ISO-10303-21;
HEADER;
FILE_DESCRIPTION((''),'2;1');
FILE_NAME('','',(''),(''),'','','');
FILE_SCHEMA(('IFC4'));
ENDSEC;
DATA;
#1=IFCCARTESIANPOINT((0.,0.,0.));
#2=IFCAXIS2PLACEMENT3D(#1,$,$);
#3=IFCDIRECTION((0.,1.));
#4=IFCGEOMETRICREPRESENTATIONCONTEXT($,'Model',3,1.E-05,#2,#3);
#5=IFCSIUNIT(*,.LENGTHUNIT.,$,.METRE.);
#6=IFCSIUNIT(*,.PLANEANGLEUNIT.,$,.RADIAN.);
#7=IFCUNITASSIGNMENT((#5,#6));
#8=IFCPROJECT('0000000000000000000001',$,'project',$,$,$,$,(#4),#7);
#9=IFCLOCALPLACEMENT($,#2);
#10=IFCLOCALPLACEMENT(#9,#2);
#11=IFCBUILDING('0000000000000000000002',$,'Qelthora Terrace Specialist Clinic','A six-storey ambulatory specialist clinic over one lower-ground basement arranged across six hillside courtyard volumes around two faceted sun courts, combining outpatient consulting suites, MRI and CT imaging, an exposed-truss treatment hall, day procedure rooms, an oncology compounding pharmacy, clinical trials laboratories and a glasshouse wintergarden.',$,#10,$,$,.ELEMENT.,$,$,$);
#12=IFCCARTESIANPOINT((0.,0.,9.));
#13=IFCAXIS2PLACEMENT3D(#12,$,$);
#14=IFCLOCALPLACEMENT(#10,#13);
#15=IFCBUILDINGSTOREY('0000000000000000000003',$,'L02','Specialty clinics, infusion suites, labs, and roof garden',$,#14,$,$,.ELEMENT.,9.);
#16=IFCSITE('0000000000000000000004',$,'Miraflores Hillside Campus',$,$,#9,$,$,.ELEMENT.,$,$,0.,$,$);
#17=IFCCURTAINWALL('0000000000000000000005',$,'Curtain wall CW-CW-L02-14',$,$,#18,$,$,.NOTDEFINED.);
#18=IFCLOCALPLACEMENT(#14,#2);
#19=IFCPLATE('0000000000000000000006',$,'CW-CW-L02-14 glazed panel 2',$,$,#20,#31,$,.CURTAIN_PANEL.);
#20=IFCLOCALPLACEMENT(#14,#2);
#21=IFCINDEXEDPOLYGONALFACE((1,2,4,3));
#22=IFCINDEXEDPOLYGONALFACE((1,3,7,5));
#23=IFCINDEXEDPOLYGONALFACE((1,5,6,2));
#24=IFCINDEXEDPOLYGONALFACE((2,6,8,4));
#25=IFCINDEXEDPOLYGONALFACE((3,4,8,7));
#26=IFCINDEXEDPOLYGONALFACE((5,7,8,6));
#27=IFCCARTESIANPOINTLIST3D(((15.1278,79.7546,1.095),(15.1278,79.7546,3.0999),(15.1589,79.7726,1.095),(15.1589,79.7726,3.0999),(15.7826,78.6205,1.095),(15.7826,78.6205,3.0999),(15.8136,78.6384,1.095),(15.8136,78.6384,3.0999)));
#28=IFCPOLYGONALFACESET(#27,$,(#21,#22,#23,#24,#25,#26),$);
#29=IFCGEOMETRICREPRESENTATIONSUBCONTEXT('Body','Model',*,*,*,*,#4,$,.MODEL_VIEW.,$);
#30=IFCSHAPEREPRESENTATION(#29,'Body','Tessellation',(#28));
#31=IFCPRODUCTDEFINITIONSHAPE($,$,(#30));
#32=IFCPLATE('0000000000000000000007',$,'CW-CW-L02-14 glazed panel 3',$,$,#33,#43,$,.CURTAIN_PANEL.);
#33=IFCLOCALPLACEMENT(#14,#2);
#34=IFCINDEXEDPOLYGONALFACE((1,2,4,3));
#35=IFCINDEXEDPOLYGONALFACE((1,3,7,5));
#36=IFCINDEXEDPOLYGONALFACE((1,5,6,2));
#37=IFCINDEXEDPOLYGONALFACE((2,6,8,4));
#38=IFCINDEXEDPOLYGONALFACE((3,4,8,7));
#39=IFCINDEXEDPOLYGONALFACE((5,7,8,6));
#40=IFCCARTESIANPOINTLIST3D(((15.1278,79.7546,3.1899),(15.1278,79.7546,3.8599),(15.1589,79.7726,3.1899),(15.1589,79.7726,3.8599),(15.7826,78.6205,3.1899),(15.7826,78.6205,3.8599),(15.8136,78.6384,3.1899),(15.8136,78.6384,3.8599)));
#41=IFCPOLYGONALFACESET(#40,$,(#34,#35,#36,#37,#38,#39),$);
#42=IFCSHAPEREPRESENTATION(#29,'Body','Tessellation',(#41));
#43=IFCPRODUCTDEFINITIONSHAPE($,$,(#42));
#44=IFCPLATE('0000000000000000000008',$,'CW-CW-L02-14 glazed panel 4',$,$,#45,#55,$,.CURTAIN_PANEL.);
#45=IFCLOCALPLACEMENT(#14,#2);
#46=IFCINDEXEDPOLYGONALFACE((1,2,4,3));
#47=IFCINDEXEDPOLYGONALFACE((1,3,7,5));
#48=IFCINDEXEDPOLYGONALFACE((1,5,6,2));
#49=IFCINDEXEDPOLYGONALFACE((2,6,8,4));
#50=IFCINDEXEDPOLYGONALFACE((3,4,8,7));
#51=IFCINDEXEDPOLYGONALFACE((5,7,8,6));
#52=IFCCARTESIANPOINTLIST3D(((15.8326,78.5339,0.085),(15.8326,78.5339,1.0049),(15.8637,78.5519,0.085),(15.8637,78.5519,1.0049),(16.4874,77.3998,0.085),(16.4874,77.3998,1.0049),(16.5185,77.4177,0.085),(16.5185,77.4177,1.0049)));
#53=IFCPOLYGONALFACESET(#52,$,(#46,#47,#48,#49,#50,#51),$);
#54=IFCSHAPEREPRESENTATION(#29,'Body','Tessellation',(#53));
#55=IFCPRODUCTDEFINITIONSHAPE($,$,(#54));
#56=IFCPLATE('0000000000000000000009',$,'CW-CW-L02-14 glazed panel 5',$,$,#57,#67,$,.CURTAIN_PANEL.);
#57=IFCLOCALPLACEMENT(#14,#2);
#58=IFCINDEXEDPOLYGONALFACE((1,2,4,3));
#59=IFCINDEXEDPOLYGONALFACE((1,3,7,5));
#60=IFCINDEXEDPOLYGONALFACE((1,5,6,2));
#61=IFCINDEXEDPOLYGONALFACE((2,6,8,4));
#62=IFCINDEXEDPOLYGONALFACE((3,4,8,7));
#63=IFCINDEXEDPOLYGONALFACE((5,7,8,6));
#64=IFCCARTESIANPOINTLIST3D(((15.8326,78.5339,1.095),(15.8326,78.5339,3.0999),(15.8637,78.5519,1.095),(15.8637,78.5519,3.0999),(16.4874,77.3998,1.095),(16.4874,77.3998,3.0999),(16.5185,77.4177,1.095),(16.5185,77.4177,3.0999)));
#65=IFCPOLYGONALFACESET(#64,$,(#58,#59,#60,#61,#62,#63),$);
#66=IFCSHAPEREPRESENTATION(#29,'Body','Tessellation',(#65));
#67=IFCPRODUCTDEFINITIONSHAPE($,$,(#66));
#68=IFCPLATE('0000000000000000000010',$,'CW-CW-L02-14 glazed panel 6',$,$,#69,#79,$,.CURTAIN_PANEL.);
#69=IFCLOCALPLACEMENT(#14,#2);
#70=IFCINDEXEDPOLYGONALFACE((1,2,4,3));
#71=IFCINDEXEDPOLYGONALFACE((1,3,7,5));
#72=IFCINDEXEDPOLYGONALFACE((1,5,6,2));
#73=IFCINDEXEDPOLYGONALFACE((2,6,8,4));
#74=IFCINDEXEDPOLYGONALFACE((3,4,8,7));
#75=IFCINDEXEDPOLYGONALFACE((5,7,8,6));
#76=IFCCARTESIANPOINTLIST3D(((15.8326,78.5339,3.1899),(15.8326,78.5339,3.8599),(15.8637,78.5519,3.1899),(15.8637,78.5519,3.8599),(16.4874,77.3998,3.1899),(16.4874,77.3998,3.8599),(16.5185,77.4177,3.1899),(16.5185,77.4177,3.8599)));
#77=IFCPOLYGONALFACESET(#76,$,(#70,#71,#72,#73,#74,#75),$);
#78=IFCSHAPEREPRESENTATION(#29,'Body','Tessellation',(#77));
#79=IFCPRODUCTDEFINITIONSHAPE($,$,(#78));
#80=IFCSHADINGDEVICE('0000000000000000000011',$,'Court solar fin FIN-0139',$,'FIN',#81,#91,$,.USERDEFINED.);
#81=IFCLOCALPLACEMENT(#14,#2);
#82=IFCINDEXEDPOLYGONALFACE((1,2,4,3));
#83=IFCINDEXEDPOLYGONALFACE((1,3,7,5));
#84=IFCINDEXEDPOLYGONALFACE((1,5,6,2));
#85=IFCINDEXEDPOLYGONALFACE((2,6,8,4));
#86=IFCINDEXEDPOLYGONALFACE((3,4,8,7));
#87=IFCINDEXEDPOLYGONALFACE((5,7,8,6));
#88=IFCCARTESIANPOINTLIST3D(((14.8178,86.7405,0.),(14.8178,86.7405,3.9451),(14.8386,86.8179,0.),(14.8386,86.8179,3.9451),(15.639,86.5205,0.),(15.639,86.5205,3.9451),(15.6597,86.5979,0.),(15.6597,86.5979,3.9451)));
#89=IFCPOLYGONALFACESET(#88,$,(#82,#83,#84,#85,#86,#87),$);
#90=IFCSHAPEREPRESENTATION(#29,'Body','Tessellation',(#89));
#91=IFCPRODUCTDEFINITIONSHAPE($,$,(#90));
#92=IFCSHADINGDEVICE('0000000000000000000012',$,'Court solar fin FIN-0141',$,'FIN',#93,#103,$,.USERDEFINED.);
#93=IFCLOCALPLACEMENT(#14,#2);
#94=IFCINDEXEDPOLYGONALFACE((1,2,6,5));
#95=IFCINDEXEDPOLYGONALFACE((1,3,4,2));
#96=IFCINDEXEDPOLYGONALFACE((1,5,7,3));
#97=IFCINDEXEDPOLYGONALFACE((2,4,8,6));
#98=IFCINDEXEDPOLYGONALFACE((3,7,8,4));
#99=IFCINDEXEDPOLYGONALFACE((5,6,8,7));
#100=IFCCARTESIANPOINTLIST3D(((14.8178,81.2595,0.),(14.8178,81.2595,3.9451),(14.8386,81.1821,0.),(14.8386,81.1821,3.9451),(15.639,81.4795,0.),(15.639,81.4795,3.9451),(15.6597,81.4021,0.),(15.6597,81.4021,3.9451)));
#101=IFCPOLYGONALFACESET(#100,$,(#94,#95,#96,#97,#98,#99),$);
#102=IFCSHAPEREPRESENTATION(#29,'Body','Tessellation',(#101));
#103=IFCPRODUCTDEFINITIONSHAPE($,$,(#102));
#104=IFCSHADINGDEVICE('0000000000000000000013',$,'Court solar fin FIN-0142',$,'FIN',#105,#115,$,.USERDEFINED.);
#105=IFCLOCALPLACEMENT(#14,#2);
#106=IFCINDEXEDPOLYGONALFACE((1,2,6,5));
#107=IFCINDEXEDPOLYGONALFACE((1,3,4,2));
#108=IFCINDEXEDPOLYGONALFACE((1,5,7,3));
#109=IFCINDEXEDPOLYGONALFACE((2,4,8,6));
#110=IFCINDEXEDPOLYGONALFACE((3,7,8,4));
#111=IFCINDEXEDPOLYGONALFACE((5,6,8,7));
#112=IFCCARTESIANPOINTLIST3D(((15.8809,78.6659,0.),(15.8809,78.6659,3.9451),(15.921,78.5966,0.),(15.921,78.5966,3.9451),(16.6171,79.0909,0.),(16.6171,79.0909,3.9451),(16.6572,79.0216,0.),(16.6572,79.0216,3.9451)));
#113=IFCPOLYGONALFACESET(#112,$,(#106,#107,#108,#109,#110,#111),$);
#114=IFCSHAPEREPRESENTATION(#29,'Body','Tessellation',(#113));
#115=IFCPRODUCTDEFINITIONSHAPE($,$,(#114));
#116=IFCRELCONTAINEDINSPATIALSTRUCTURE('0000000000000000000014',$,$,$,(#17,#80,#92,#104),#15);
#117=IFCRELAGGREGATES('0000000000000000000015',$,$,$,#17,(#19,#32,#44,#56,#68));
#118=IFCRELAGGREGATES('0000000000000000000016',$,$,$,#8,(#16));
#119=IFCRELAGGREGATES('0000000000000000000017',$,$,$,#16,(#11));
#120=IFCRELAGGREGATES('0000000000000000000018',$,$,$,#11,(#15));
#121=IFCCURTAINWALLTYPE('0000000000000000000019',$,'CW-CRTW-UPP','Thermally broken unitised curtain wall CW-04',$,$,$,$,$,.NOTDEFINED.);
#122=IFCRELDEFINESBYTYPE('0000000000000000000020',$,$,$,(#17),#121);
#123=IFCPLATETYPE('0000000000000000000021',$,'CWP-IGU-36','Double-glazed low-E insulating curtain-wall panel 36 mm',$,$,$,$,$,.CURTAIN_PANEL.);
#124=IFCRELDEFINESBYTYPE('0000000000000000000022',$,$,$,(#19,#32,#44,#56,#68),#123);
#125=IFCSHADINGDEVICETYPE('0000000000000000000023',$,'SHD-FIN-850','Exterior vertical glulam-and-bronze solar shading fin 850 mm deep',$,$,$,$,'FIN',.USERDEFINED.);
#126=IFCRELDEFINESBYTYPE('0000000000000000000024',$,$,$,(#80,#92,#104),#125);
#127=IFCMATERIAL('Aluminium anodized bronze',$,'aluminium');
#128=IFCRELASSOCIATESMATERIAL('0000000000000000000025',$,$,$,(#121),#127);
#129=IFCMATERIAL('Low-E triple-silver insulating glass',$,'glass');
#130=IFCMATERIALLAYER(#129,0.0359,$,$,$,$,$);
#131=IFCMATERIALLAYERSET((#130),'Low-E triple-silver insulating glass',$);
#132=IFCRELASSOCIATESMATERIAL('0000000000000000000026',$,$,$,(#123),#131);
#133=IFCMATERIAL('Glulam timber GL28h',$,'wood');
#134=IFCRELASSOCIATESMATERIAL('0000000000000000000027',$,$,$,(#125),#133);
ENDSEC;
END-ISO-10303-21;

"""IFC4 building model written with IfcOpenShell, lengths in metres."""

from ifc_helpers import new_model, si_unit, direction, frame, origin, origin_2d, place, context, subcontext, project, spatial, rectangle, extrude, material, layer, layer_set, type_object, element, aggregate, save


model = new_model("IFC4")

# Units and contexts
model_context = context("Model", 3, precision=1e-05, world=origin(), true_north=direction((0.0, 1.0)))
body_context = subcontext(model_context, "Body", "Model", "MODEL_VIEW")
ifc_project = project(units=[si_unit("LENGTHUNIT", "METRE"), si_unit("PLANEANGLEUNIT", "RADIAN")], contexts=[model_context])

# Site, building, storey
site_placement = place(None, origin())
site = spatial("IfcSite", under=ifc_project, at=site_placement, Name="Miraflores Hillside Campus", CompositionType="ELEMENT", RefElevation=0.0)
building_placement = place(site_placement, origin())
building = spatial("IfcBuilding", under=site, at=building_placement, Name="Qelthora Terrace Specialist Clinic", Description="A six-storey ambulatory specialist clinic over one lower-ground basement arranged across six hillside courtyard volumes around two faceted sun courts, combining outpatient consulting suites, MRI and CT imaging, an exposed-truss treatment hall, day procedure rooms, an oncology compounding pharmacy, clinical trials laboratories and a glasshouse wintergarden.", CompositionType="ELEMENT")
storey_placement = place(building_placement, frame((0.0, 0.0, 9.0)))
storey = spatial("IfcBuildingStorey", under=building, at=storey_placement, Name="L02", Description="Specialty clinics, infusion suites, labs, and roof garden", CompositionType="ELEMENT", Elevation=9.0)

# Shared definitions
ifc_material_1 = material(Name="Aluminium anodized bronze", Category="aluminium")
curtain_wall_type = type_object("IfcCurtainWallType", Name="CW-CRTW-UPP", Description="Thermally broken unitised curtain wall CW-04", PredefinedType="NOTDEFINED", material=ifc_material_1)

# Curtain wall
curtain_wall_1_placement = place(storey_placement, origin())
curtain_wall_1 = element("IfcCurtainWall", 1, at=curtain_wall_1_placement, inside=storey, type_object=curtain_wall_type, Name="Curtain wall CW-CW-L02-14", PredefinedType="NOTDEFINED")

# Plates
ifc_material_2 = material(Name="Low-E triple-silver insulating glass", Category="glass")
ifc_layer = layer(ifc_material_2, 0.0359)
ifc_layer_set = layer_set([ifc_layer], Name="Low-E triple-silver insulating glass")
plate_type = type_object("IfcPlateType", Name="CWP-IGU-36", Description="Double-glazed low-E insulating curtain-wall panel 36 mm", PredefinedType="CURTAIN_PANEL", material=ifc_layer_set)
plate_1_placement = place(storey_placement, frame((15.4707, 79.1965, 1.095), z_axis=(0.0, 0.0, 1.0), x_axis=(0.5, -0.866025, 0.0)))
plate_1 = element("IfcPlate", 2, at=plate_1_placement, type_object=plate_type, Name="CW-CW-L02-14 glazed panel 2", PredefinedType="CURTAIN_PANEL", context=body_context, shape_type="SweptSolid", body=[
    extrude(rectangle(XDim=1.3096, YDim=0.0359, at=origin_2d()), origin(), (0.0, 0.0, 1.0), 2.0049),
])
plate_2_placement = place(storey_placement, frame((15.4707, 79.1965, 3.1899), z_axis=(0.0, 0.0, 1.0), x_axis=(0.5, -0.866025, 0.0)))
plate_2 = element("IfcPlate", 3, at=plate_2_placement, type_object=plate_type, Name="CW-CW-L02-14 glazed panel 3", PredefinedType="CURTAIN_PANEL", context=body_context, shape_type="SweptSolid", body=[
    extrude(rectangle(XDim=1.3096, YDim=0.0359, at=origin_2d()), origin(), (0.0, 0.0, 1.0), 0.6699),
])
plate_3_placement = place(storey_placement, frame((16.1755, 77.9758, 0.085), z_axis=(0.0, 0.0, 1.0), x_axis=(0.5, -0.866025, 0.0)))
plate_3 = element("IfcPlate", 4, at=plate_3_placement, type_object=plate_type, Name="CW-CW-L02-14 glazed panel 4", PredefinedType="CURTAIN_PANEL", context=body_context, shape_type="SweptSolid", body=[
    extrude(rectangle(XDim=1.3096, YDim=0.0359, at=origin_2d()), origin(), (0.0, 0.0, 1.0), 0.9199),
])
plate_4_placement = place(storey_placement, frame((16.1755, 77.9758, 1.095), z_axis=(0.0, 0.0, 1.0), x_axis=(0.5, -0.866025, 0.0)))
plate_4 = element("IfcPlate", 5, at=plate_4_placement, type_object=plate_type, Name="CW-CW-L02-14 glazed panel 5", PredefinedType="CURTAIN_PANEL", context=body_context, shape_type="SweptSolid", body=[
    extrude(rectangle(XDim=1.3096, YDim=0.0359, at=origin_2d()), origin(), (0.0, 0.0, 1.0), 2.0049),
])
plate_5_placement = place(storey_placement, frame((16.1755, 77.9758, 3.1899), z_axis=(0.0, 0.0, 1.0), x_axis=(0.5, -0.866025, 0.0)))
plate_5 = element("IfcPlate", 6, at=plate_5_placement, type_object=plate_type, Name="CW-CW-L02-14 glazed panel 6", PredefinedType="CURTAIN_PANEL", context=body_context, shape_type="SweptSolid", body=[
    extrude(rectangle(XDim=1.3096, YDim=0.0359, at=origin_2d()), origin(), (0.0, 0.0, 1.0), 0.6699),
])
aggregate(curtain_wall_1, [plate_1, plate_2, plate_3, plate_4, plate_5])

# Shading devices
ifc_material_3 = material(Name="Glulam timber GL28h", Category="wood")
shading_device_type = type_object("IfcShadingDeviceType", Name="SHD-FIN-850", Description="Exterior vertical glulam-and-bronze solar shading fin 850 mm deep", ElementType="FIN", PredefinedType="USERDEFINED", material=ifc_material_3)
for number, where, z_axis, x_axis, name in (
    (7, (15.2388, 86.6692, 0.0), (0.0, 0.0, 1.0), (0.965926, -0.258819, 0.0), "Court solar fin FIN-0139"),
    (8, (15.2388, 81.3308, 0.0), (0.0, 0.0, 1.0), (0.965926, 0.258819, 0.0), "Court solar fin FIN-0141"),
    (9, (16.269, 78.8438, 0.0), (0.0, 0.0, 1.0), (0.866025, 0.5, 0.0), "Court solar fin FIN-0142"),
):
    element("IfcShadingDevice", number, at=place(storey_placement, frame(where, z_axis=z_axis, x_axis=x_axis)), inside=storey, type_object=shading_device_type, Name=name, ObjectType="FIN", PredefinedType="USERDEFINED", context=body_context, shape_type="SweptSolid", body=[
        extrude(rectangle(XDim=0.8501, YDim=0.0801, at=origin_2d()), origin(), (0.0, 0.0, 1.0), 3.9451),
    ])

save(model, "model.ifc")
